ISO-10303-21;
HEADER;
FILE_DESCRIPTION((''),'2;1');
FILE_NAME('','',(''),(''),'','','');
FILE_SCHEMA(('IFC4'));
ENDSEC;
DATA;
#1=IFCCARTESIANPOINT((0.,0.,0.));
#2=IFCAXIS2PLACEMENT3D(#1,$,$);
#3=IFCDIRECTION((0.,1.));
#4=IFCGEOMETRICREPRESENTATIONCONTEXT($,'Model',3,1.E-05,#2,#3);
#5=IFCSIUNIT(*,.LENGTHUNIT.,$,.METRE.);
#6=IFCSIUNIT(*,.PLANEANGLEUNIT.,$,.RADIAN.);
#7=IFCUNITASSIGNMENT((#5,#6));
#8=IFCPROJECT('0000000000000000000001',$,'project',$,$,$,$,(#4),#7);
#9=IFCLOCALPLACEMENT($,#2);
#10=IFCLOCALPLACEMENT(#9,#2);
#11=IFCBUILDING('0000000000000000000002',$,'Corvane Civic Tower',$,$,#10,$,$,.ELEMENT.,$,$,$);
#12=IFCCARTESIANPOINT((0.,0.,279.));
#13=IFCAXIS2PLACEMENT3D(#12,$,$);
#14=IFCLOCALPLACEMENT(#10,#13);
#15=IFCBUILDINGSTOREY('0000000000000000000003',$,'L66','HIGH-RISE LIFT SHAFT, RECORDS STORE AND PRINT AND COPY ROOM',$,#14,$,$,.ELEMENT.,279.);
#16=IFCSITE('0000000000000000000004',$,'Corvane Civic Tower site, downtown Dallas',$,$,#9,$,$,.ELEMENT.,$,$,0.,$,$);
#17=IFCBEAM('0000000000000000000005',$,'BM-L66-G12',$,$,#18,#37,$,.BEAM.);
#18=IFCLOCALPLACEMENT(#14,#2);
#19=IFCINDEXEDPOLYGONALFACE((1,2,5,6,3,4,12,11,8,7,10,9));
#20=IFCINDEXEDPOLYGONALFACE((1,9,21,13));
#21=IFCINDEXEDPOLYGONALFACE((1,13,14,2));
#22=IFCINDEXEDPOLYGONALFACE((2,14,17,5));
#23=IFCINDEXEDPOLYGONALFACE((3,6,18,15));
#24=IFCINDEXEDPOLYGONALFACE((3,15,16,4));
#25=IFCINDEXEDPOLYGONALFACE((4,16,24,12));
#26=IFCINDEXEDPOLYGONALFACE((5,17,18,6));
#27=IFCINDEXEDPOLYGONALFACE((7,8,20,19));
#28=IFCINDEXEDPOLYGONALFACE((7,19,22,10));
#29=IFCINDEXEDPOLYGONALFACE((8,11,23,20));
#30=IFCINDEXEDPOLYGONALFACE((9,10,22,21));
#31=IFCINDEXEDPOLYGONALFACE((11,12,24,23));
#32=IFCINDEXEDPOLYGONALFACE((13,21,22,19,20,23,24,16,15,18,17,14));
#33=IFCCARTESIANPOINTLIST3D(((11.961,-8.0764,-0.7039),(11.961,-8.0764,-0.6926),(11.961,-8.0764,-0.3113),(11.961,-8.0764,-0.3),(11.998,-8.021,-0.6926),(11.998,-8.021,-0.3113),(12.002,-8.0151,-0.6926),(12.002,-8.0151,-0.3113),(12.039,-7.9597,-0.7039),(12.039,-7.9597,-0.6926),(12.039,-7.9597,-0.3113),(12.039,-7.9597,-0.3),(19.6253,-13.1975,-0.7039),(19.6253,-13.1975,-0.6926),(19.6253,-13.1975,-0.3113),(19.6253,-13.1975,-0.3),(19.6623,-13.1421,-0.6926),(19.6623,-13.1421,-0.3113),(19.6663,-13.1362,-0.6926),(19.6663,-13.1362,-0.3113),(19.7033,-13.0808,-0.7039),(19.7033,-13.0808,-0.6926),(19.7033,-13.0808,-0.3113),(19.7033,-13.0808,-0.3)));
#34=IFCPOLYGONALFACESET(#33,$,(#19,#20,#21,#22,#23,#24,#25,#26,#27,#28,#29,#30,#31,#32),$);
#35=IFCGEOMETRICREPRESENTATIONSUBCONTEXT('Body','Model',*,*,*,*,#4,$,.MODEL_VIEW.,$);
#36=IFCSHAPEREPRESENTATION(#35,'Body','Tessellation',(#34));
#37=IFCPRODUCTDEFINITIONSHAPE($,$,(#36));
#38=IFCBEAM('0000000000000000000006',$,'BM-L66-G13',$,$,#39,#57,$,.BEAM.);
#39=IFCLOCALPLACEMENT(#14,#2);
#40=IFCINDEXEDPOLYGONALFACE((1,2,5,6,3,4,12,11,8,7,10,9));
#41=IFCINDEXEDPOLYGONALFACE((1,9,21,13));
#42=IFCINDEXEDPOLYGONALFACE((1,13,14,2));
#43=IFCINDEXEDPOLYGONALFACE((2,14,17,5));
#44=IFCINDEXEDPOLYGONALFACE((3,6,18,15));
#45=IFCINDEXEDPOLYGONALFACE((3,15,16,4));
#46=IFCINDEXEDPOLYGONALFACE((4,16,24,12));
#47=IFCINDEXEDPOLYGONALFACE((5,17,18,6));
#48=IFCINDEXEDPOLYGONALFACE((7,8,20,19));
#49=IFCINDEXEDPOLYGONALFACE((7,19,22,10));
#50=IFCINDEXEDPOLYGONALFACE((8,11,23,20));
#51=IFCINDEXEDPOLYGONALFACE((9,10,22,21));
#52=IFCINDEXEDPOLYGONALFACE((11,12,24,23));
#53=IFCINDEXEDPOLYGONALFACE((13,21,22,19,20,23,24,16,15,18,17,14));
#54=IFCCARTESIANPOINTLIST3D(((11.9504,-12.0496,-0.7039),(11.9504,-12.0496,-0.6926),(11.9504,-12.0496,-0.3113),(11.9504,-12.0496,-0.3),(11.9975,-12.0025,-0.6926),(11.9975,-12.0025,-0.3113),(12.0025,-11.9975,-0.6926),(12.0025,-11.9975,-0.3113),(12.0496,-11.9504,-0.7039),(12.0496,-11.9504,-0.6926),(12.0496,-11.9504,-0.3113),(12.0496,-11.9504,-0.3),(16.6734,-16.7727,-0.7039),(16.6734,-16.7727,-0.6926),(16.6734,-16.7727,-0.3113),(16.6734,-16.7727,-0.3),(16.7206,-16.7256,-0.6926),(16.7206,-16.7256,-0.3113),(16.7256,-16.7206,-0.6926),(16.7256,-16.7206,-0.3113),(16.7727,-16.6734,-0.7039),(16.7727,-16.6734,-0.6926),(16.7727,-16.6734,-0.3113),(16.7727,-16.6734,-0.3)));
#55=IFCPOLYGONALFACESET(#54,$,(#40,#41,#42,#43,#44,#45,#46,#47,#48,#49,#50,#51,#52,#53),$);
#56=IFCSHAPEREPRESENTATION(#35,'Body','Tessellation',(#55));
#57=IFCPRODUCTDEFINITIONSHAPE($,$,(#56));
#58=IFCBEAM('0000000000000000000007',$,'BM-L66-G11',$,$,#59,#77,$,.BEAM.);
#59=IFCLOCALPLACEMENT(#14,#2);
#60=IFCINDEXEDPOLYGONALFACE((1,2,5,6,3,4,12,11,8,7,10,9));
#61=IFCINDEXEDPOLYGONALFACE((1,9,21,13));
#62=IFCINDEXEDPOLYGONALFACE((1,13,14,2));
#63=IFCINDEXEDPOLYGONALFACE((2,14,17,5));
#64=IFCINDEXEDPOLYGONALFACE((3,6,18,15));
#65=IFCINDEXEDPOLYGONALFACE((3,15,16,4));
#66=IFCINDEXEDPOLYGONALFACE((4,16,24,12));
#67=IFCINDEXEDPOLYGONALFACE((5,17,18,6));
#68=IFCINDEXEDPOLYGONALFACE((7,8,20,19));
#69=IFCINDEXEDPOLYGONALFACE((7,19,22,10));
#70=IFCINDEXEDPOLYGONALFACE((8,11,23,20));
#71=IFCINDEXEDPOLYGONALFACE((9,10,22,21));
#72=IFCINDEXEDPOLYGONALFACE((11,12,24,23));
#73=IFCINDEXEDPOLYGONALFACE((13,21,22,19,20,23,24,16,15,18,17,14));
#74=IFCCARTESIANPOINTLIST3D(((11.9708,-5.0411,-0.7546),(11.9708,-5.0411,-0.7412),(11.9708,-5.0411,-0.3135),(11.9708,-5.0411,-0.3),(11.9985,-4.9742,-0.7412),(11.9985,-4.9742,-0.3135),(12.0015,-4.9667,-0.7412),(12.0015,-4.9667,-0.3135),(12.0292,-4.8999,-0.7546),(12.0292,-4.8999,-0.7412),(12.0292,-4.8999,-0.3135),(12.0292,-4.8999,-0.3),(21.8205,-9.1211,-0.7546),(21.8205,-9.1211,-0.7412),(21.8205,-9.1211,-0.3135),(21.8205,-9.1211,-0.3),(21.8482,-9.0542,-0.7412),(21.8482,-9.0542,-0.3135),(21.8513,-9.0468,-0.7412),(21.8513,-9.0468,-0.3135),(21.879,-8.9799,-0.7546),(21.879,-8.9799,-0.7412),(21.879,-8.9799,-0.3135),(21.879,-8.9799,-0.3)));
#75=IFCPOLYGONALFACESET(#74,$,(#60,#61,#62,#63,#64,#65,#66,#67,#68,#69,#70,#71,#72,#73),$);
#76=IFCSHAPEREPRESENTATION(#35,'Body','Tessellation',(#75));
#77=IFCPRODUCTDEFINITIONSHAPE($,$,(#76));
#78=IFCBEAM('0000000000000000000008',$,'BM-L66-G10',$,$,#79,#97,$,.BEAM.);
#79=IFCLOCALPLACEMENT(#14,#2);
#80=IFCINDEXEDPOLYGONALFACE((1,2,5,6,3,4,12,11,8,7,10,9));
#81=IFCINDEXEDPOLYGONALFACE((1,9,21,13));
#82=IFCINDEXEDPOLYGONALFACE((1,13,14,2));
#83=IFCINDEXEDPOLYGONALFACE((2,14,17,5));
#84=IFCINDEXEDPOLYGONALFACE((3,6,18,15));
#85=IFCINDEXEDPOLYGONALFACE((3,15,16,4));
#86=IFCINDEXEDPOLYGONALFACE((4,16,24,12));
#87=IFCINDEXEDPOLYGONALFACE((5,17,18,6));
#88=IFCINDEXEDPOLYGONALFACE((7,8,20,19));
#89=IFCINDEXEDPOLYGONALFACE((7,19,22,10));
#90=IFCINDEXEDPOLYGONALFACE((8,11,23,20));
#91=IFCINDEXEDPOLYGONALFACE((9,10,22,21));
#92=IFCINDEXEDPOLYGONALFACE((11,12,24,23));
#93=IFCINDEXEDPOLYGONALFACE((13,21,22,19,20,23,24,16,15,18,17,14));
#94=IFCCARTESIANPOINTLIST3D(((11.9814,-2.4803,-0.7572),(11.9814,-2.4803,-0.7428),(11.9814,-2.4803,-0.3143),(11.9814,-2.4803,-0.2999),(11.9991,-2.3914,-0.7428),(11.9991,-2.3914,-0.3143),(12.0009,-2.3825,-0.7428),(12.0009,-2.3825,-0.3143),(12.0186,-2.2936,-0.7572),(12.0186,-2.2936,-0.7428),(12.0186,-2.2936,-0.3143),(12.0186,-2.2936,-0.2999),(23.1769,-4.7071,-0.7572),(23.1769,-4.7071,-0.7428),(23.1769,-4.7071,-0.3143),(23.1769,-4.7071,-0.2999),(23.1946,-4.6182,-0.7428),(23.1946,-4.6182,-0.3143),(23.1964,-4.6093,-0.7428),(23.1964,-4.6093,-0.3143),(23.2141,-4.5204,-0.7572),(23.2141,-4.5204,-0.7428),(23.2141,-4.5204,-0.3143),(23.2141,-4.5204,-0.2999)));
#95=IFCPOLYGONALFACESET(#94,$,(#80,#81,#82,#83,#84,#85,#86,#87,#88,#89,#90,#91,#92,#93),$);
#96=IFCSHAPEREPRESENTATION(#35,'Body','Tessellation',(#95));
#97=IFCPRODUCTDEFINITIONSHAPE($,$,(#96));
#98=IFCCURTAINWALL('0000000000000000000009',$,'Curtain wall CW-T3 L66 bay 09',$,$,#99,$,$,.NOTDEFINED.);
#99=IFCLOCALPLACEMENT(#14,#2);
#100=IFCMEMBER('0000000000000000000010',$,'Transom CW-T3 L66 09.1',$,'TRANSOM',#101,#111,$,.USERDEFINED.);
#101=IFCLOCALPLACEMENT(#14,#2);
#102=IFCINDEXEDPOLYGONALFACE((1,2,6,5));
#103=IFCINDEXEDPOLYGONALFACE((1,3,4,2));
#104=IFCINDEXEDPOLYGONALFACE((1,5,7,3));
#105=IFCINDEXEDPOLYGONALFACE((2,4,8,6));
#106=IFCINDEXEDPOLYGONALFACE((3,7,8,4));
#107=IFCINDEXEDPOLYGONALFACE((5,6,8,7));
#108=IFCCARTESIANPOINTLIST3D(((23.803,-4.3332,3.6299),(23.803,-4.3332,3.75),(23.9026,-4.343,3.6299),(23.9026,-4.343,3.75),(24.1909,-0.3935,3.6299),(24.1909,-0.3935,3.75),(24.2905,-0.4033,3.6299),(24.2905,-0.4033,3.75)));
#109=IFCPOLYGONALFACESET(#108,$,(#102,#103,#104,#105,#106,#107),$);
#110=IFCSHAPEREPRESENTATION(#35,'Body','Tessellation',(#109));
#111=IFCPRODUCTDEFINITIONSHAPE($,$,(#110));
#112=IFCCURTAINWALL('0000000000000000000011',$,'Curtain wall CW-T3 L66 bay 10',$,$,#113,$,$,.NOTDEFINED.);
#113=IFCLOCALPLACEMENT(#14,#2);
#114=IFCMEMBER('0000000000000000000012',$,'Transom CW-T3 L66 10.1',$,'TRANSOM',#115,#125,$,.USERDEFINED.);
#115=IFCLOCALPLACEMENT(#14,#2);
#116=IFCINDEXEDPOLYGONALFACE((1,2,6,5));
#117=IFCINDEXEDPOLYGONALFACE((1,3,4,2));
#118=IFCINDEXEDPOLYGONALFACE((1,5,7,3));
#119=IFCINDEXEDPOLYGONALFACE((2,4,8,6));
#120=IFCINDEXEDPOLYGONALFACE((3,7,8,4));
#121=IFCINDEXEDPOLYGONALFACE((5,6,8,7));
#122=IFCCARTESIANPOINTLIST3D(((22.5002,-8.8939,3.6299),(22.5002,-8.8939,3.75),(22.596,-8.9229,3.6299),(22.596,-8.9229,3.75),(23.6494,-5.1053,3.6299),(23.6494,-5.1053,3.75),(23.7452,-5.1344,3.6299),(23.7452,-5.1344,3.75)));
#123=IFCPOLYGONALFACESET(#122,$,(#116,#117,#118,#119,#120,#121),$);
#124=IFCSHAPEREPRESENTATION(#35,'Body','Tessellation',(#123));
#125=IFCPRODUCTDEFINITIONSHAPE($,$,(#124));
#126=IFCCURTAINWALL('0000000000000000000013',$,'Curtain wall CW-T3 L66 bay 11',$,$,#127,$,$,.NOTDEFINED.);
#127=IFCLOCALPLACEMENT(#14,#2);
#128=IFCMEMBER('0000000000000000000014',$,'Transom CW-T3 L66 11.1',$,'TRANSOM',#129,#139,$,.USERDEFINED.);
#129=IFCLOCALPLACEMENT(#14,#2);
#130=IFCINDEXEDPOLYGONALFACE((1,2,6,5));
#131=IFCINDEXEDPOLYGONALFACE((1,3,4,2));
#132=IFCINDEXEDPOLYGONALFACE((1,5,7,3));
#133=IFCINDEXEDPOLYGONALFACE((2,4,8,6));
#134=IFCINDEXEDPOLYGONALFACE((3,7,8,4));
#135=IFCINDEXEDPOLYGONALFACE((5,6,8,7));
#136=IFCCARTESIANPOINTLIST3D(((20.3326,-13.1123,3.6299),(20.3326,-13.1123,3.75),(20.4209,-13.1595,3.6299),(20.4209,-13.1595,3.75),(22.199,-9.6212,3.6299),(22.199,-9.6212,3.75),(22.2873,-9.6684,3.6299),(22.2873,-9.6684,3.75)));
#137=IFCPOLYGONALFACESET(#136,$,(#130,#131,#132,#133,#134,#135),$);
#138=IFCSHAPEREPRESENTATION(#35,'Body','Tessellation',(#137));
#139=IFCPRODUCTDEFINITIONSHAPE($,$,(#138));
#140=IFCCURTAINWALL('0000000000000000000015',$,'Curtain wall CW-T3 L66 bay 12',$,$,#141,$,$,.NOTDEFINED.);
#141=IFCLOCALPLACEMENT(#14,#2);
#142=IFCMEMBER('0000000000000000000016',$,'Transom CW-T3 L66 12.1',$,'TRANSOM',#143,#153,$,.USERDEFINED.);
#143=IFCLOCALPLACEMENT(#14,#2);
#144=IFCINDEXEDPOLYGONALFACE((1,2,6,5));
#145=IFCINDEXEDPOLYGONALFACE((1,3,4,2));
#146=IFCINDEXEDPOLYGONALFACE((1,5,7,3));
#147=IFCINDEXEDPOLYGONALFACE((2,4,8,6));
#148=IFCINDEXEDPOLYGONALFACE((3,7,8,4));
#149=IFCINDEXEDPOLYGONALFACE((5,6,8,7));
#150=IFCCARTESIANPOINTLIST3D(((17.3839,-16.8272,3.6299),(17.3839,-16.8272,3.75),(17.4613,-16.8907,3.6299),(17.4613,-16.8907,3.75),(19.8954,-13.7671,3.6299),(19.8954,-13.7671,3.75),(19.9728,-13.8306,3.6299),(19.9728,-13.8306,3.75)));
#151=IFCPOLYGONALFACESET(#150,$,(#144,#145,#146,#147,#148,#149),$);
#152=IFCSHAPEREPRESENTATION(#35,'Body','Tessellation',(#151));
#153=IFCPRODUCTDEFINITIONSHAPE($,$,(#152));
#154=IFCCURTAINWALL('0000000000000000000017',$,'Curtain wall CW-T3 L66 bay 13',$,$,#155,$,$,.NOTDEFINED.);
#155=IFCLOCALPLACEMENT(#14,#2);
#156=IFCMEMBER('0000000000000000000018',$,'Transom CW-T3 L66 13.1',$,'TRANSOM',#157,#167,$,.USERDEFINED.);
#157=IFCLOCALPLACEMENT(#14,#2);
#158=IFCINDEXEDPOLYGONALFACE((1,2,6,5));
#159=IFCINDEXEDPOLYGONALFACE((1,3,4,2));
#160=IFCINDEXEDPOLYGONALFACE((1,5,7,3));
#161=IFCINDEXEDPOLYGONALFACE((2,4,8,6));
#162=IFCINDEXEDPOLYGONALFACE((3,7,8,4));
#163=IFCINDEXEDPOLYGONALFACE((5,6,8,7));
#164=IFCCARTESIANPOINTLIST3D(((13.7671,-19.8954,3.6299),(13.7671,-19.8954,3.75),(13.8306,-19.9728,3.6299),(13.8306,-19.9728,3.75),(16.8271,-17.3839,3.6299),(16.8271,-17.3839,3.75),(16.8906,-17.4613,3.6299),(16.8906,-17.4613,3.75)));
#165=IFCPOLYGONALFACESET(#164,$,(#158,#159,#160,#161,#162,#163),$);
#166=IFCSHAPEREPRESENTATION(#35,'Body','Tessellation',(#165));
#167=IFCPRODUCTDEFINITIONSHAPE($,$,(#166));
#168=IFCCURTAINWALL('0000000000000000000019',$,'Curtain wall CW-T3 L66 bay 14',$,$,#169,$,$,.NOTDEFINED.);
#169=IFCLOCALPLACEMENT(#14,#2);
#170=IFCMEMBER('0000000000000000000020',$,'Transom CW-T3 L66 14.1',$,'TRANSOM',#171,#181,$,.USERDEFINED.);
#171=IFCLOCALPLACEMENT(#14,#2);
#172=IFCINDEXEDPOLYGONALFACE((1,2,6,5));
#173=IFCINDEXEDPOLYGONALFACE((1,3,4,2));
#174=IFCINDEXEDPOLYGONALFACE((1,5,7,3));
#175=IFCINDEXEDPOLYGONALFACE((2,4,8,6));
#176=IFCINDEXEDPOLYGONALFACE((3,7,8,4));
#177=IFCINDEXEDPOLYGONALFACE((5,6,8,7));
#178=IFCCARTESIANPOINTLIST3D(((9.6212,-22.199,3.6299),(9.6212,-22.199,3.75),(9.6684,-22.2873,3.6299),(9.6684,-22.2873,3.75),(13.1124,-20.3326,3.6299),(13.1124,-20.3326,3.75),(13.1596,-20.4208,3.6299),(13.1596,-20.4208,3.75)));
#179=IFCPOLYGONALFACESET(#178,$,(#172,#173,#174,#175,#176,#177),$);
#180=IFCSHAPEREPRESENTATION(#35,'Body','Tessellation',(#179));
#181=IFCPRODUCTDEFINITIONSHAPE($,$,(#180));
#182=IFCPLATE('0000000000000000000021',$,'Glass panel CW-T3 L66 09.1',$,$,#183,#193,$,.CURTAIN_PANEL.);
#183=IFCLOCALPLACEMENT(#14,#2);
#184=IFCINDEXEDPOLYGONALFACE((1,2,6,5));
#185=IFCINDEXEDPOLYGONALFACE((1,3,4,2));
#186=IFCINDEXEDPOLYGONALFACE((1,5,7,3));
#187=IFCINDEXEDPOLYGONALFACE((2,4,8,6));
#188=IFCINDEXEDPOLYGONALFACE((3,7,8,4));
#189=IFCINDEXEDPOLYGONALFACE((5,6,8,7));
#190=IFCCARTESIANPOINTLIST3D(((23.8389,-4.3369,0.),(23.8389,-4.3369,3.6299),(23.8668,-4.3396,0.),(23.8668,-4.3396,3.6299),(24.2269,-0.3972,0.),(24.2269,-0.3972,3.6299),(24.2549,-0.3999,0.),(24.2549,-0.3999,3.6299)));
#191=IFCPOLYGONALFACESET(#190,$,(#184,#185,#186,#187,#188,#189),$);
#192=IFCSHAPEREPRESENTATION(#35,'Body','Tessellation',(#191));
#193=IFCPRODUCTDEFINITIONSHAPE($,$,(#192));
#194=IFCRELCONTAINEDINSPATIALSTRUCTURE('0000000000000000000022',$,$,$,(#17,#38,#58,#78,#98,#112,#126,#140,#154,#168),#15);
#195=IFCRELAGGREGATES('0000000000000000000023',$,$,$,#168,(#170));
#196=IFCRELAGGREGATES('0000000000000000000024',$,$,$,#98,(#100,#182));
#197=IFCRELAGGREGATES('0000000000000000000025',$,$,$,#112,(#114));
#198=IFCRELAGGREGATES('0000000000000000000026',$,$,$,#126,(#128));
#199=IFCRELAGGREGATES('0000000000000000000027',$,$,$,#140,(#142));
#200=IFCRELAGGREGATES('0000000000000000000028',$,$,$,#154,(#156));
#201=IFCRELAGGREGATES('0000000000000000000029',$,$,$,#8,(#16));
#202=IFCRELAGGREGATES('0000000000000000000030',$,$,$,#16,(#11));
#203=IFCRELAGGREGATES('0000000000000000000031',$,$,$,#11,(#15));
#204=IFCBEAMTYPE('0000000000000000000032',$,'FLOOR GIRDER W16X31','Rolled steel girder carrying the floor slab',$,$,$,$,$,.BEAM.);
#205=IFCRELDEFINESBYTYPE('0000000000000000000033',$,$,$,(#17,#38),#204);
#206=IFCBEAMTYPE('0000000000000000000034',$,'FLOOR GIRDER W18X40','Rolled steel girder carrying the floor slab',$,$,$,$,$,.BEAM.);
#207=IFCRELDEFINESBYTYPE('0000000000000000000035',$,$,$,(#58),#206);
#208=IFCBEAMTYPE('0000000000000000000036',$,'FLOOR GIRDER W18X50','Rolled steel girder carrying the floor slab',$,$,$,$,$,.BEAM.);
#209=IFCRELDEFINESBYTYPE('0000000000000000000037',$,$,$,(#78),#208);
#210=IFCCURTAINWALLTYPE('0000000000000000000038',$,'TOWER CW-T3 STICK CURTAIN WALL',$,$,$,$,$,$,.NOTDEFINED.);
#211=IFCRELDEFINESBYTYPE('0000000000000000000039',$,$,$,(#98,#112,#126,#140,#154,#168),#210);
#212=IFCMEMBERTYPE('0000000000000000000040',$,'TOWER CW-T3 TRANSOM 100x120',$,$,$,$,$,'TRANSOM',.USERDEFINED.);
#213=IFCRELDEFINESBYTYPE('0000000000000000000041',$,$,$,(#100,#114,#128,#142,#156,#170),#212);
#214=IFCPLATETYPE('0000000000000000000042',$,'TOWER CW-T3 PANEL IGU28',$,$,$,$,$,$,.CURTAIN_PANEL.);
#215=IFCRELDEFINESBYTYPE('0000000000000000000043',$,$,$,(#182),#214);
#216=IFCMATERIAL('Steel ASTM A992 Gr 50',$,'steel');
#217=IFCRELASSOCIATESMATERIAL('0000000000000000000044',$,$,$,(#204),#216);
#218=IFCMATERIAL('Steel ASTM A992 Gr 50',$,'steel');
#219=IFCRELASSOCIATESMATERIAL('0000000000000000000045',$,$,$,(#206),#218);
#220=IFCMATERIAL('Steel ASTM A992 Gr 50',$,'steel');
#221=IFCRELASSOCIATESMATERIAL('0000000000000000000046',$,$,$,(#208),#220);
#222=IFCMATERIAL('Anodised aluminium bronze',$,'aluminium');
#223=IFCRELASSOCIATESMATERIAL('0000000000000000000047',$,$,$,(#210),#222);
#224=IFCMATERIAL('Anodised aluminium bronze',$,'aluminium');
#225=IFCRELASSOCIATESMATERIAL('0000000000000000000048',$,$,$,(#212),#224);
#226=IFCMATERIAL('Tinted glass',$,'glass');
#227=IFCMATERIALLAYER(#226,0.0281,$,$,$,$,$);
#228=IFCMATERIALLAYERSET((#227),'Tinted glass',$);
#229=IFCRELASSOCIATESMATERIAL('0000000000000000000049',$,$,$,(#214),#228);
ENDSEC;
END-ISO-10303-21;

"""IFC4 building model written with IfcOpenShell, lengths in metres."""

from ifc_helpers import new_model, si_unit, direction, frame, origin, origin_2d, place, context, subcontext, project, spatial, rectangle, i_section, extrude, material, layer, layer_set, material_profile, profile_set, type_object, element, aggregate, save


model = new_model("IFC4")

# Units and contexts
model_context = context("Model", 3, precision=1e-05, world=origin(), true_north=direction((0.0, 1.0)))
body_context = subcontext(model_context, "Body", "Model", "MODEL_VIEW")
ifc_project = project(units=[si_unit("LENGTHUNIT", "METRE"), si_unit("PLANEANGLEUNIT", "RADIAN")], contexts=[model_context])

# Site, building, storey
site_placement = place(None, origin())
site = spatial("IfcSite", under=ifc_project, at=site_placement, Name="Corvane Civic Tower site, downtown Dallas", CompositionType="ELEMENT", RefElevation=0.0)
building_placement = place(site_placement, origin())
building = spatial("IfcBuilding", under=site, at=building_placement, Name="Corvane Civic Tower", CompositionType="ELEMENT")
storey_placement = place(building_placement, frame((0.0, 0.0, 279.0)))
storey = spatial("IfcBuildingStorey", under=building, at=storey_placement, Name="L66", Description="HIGH-RISE LIFT SHAFT, RECORDS STORE AND PRINT AND COPY ROOM", CompositionType="ELEMENT", Elevation=279.0)

# Beams
ifc_material_1 = material(Name="Steel ASTM A992 Gr 50", Category="steel")
ifc_material_profile_1 = material_profile(ifc_material_1, i_section(OverallWidth=0.1404, OverallDepth=0.4038, WebThickness=0.0071, FlangeThickness=0.0112, at=origin_2d()), Name="W16X31")
ifc_profile_set_1 = profile_set([ifc_material_profile_1], Name="Steel ASTM A992 Gr 50")
beam_type_1 = type_object("IfcBeamType", Name="FLOOR GIRDER W16X31", Description="Rolled steel girder carrying the floor slab", PredefinedType="BEAM", material=ifc_profile_set_1)
beam_1_placement = place(storey_placement, frame((12.0, -8.0181, -0.502), z_axis=(0.831471, -0.555568, 0.0), x_axis=(0.555568, 0.831471, 0.0)))
element("IfcBeam", 1, at=beam_1_placement, inside=storey, type_object=beam_type_1, Name="BM-L66-G12", PredefinedType="BEAM", context=body_context, shape_type="SweptSolid", body=[
    extrude(i_section(OverallWidth=0.1404, OverallDepth=0.4038, WebThickness=0.0071, FlangeThickness=0.0112, at=origin_2d()), origin(), (0.0, 0.0, 1.0), 9.2178),
])
beam_2_placement = place(storey_placement, frame((12.0, -12.0, -0.502), z_axis=(0.707107, -0.707107, 0.0), x_axis=(0.707107, 0.707107, 0.0)))
element("IfcBeam", 2, at=beam_2_placement, inside=storey, type_object=beam_type_1, Name="BM-L66-G13", PredefinedType="BEAM", context=body_context, shape_type="SweptSolid", body=[
    extrude(i_section(OverallWidth=0.1404, OverallDepth=0.4038, WebThickness=0.0071, FlangeThickness=0.0112, at=origin_2d()), origin(), (0.0, 0.0, 1.0), 6.6794),
])
ifc_material_2 = material(Name="Steel ASTM A992 Gr 50", Category="steel")
ifc_material_profile_2 = material_profile(ifc_material_2, i_section(OverallWidth=0.1528, OverallDepth=0.4546, WebThickness=0.0081, FlangeThickness=0.0134, at=origin_2d()), Name="W18X40")
ifc_profile_set_2 = profile_set([ifc_material_profile_2], Name="Steel ASTM A992 Gr 50")
beam_type_2 = type_object("IfcBeamType", Name="FLOOR GIRDER W18X40", Description="Rolled steel girder carrying the floor slab", PredefinedType="BEAM", material=ifc_profile_set_2)
beam_3_placement = place(storey_placement, frame((12.0, -4.9705, -0.5273), z_axis=(0.923875, -0.382694, 0.0), x_axis=(0.382694, 0.923875, 0.0)))
element("IfcBeam", 3, at=beam_3_placement, inside=storey, type_object=beam_type_2, Name="BM-L66-G11", PredefinedType="BEAM", context=body_context, shape_type="SweptSolid", body=[
    extrude(i_section(OverallWidth=0.1528, OverallDepth=0.4546, WebThickness=0.0081, FlangeThickness=0.0134, at=origin_2d()), origin(), (0.0, 0.0, 1.0), 10.6614),
])
ifc_material_3 = material(Name="Steel ASTM A992 Gr 50", Category="steel")
ifc_material_profile_3 = material_profile(ifc_material_3, i_section(OverallWidth=0.1904, OverallDepth=0.4573, WebThickness=0.009, FlangeThickness=0.0144, at=origin_2d()), Name="W18X50")
ifc_profile_set_3 = profile_set([ifc_material_profile_3], Name="Steel ASTM A992 Gr 50")
beam_type_3 = type_object("IfcBeamType", Name="FLOOR GIRDER W18X50", Description="Rolled steel girder carrying the floor slab", PredefinedType="BEAM", material=ifc_profile_set_3)
beam_4_placement = place(storey_placement, frame((12.0, -2.387, -0.5286), z_axis=(0.980787, -0.19508, 0.0), x_axis=(0.19508, 0.980787, 0.0)))
element("IfcBeam", 4, at=beam_4_placement, inside=storey, type_object=beam_type_3, Name="BM-L66-G10", PredefinedType="BEAM", context=body_context, shape_type="SweptSolid", body=[
    extrude(i_section(OverallWidth=0.1904, OverallDepth=0.4573, WebThickness=0.009, FlangeThickness=0.0144, at=origin_2d()), origin(), (0.0, 0.0, 1.0), 11.4148),
])

# Curtain walls, members
ifc_material_4 = material(Name="Anodised aluminium bronze", Category="aluminium")
curtain_wall_type = type_object("IfcCurtainWallType", Name="TOWER CW-T3 STICK CURTAIN WALL", PredefinedType="NOTDEFINED", material=ifc_material_4)
curtain_wall_1_placement = place(storey_placement, origin())
curtain_wall_1 = element("IfcCurtainWall", 5, at=curtain_wall_1_placement, inside=storey, type_object=curtain_wall_type, Name="Curtain wall CW-T3 L66 bay 09", PredefinedType="NOTDEFINED")
ifc_material_5 = material(Name="Anodised aluminium bronze", Category="aluminium")
ifc_material_profile_4 = material_profile(ifc_material_5, rectangle(XDim=0.1001, YDim=0.1201, at=origin_2d()), Name="TOWER CW-T3 TRANSOM 100x120")
ifc_profile_set_4 = profile_set([ifc_material_profile_4], Name="Anodised aluminium bronze")
member_type = type_object("IfcMemberType", Name="TOWER CW-T3 TRANSOM 100x120", ElementType="TRANSOM", PredefinedType="USERDEFINED", material=ifc_profile_set_4)
member_1_placement = place(storey_placement, frame((24.2407, -0.3984, 3.6899), z_axis=(-0.097995, -0.995187, 0.0), x_axis=(0.995187, -0.097995, 0.0)))
member_1 = element("IfcMember", 6, at=member_1_placement, type_object=member_type, Name="Transom CW-T3 L66 09.1", ObjectType="TRANSOM", PredefinedType="USERDEFINED", context=body_context, shape_type="SweptSolid", body=[
    extrude(rectangle(XDim=0.1001, YDim=0.1201, at=origin_2d()), origin(), (0.0, 0.0, 1.0), 3.9587),
])
curtain_wall_2_placement = place(storey_placement, origin())
curtain_wall_2 = element("IfcCurtainWall", 7, at=curtain_wall_2_placement, inside=storey, type_object=curtain_wall_type, Name="Curtain wall CW-T3 L66 bay 10", PredefinedType="NOTDEFINED")
member_2_placement = place(storey_placement, frame((23.6973, -5.1199, 3.6899), z_axis=(-0.290266, -0.956946, 0.0), x_axis=(0.956946, -0.290266, 0.0)))
member_2 = element("IfcMember", 8, at=member_2_placement, type_object=member_type, Name="Transom CW-T3 L66 10.1", ObjectType="TRANSOM", PredefinedType="USERDEFINED", context=body_context, shape_type="SweptSolid", body=[
    extrude(rectangle(XDim=0.1001, YDim=0.1201, at=origin_2d()), origin(), (0.0, 0.0, 1.0), 3.959),
])
curtain_wall_3_placement = place(storey_placement, origin())
curtain_wall_3 = element("IfcCurtainWall", 9, at=curtain_wall_3_placement, inside=storey, type_object=curtain_wall_type, Name="Curtain wall CW-T3 L66 bay 11", PredefinedType="NOTDEFINED")
member_3_placement = place(storey_placement, frame((22.2432, -9.6448, 3.6899), z_axis=(-0.471468, -0.881883, 0.0), x_axis=(0.881883, -0.471468, 0.0)))
member_3 = element("IfcMember", 10, at=member_3_placement, type_object=member_type, Name="Transom CW-T3 L66 11.1", ObjectType="TRANSOM", PredefinedType="USERDEFINED", context=body_context, shape_type="SweptSolid", body=[
    extrude(rectangle(XDim=0.1001, YDim=0.1201, at=origin_2d()), origin(), (0.0, 0.0, 1.0), 3.9587),
])
curtain_wall_4_placement = place(storey_placement, origin())
curtain_wall_4 = element("IfcCurtainWall", 11, at=curtain_wall_4_placement, inside=storey, type_object=curtain_wall_type, Name="Curtain wall CW-T3 L66 bay 12", PredefinedType="NOTDEFINED")
member_4_placement = place(storey_placement, frame((19.9341, -13.7988, 3.6899), z_axis=(-0.634416, -0.772992, 0.0), x_axis=(0.772992, -0.634416, 0.0)))
member_4 = element("IfcMember", 12, at=member_4_placement, type_object=member_type, Name="Transom CW-T3 L66 12.1", ObjectType="TRANSOM", PredefinedType="USERDEFINED", context=body_context, shape_type="SweptSolid", body=[
    extrude(rectangle(XDim=0.1001, YDim=0.1201, at=origin_2d()), origin(), (0.0, 0.0, 1.0), 3.9587),
])
curtain_wall_5_placement = place(storey_placement, origin())
curtain_wall_5 = element("IfcCurtainWall", 13, at=curtain_wall_5_placement, inside=storey, type_object=curtain_wall_type, Name="Curtain wall CW-T3 L66 bay 13", PredefinedType="NOTDEFINED")
member_5_placement = place(storey_placement, frame((16.8589, -17.4226, 3.6899), z_axis=(-0.772992, -0.634416, 0.0), x_axis=(0.634416, -0.772992, 0.0)))
member_5 = element("IfcMember", 14, at=member_5_placement, type_object=member_type, Name="Transom CW-T3 L66 13.1", ObjectType="TRANSOM", PredefinedType="USERDEFINED", context=body_context, shape_type="SweptSolid", body=[
    extrude(rectangle(XDim=0.1001, YDim=0.1201, at=origin_2d()), origin(), (0.0, 0.0, 1.0), 3.9587),
])
curtain_wall_6_placement = place(storey_placement, origin())
curtain_wall_6 = element("IfcCurtainWall", 15, at=curtain_wall_6_placement, inside=storey, type_object=curtain_wall_type, Name="Curtain wall CW-T3 L66 bay 14", PredefinedType="NOTDEFINED")
member_6_placement = place(storey_placement, frame((13.136, -20.3767, 3.6899), z_axis=(-0.881883, -0.471468, 0.0), x_axis=(0.471468, -0.881883, 0.0)))
member_6 = element("IfcMember", 16, at=member_6_placement, type_object=member_type, Name="Transom CW-T3 L66 14.1", ObjectType="TRANSOM", PredefinedType="USERDEFINED", context=body_context, shape_type="SweptSolid", body=[
    extrude(rectangle(XDim=0.1001, YDim=0.1201, at=origin_2d()), origin(), (0.0, 0.0, 1.0), 3.9587),
])
aggregate(curtain_wall_6, [member_6])

# Plate
ifc_material_6 = material(Name="Tinted glass", Category="glass")
ifc_layer_1 = layer(ifc_material_6, 0.0281)
ifc_layer_set_1 = layer_set([ifc_layer_1], Name="Tinted glass")
plate_type = type_object("IfcPlateType", Name="TOWER CW-T3 PANEL IGU28", PredefinedType="CURTAIN_PANEL", material=ifc_layer_set_1)
plate_1_placement = place(storey_placement, frame((24.0469, -2.3684, 0.0), z_axis=(0.0, 0.0, 1.0), x_axis=(-0.098021, -0.995184, 0.0)))
plate_1 = element("IfcPlate", 17, at=plate_1_placement, type_object=plate_type, Name="Glass panel CW-T3 L66 09.1", PredefinedType="CURTAIN_PANEL", context=body_context, shape_type="SweptSolid", body=[
    extrude(rectangle(XDim=3.9587, YDim=0.0281, at=origin_2d()), origin(), (0.0, 0.0, 1.0), 3.6299),
])
aggregate(curtain_wall_1, [member_1, plate_1])
aggregate(curtain_wall_2, [member_2])
aggregate(curtain_wall_3, [member_3])
aggregate(curtain_wall_4, [member_4])
aggregate(curtain_wall_5, [member_5])

save(model, "model.ifc")
